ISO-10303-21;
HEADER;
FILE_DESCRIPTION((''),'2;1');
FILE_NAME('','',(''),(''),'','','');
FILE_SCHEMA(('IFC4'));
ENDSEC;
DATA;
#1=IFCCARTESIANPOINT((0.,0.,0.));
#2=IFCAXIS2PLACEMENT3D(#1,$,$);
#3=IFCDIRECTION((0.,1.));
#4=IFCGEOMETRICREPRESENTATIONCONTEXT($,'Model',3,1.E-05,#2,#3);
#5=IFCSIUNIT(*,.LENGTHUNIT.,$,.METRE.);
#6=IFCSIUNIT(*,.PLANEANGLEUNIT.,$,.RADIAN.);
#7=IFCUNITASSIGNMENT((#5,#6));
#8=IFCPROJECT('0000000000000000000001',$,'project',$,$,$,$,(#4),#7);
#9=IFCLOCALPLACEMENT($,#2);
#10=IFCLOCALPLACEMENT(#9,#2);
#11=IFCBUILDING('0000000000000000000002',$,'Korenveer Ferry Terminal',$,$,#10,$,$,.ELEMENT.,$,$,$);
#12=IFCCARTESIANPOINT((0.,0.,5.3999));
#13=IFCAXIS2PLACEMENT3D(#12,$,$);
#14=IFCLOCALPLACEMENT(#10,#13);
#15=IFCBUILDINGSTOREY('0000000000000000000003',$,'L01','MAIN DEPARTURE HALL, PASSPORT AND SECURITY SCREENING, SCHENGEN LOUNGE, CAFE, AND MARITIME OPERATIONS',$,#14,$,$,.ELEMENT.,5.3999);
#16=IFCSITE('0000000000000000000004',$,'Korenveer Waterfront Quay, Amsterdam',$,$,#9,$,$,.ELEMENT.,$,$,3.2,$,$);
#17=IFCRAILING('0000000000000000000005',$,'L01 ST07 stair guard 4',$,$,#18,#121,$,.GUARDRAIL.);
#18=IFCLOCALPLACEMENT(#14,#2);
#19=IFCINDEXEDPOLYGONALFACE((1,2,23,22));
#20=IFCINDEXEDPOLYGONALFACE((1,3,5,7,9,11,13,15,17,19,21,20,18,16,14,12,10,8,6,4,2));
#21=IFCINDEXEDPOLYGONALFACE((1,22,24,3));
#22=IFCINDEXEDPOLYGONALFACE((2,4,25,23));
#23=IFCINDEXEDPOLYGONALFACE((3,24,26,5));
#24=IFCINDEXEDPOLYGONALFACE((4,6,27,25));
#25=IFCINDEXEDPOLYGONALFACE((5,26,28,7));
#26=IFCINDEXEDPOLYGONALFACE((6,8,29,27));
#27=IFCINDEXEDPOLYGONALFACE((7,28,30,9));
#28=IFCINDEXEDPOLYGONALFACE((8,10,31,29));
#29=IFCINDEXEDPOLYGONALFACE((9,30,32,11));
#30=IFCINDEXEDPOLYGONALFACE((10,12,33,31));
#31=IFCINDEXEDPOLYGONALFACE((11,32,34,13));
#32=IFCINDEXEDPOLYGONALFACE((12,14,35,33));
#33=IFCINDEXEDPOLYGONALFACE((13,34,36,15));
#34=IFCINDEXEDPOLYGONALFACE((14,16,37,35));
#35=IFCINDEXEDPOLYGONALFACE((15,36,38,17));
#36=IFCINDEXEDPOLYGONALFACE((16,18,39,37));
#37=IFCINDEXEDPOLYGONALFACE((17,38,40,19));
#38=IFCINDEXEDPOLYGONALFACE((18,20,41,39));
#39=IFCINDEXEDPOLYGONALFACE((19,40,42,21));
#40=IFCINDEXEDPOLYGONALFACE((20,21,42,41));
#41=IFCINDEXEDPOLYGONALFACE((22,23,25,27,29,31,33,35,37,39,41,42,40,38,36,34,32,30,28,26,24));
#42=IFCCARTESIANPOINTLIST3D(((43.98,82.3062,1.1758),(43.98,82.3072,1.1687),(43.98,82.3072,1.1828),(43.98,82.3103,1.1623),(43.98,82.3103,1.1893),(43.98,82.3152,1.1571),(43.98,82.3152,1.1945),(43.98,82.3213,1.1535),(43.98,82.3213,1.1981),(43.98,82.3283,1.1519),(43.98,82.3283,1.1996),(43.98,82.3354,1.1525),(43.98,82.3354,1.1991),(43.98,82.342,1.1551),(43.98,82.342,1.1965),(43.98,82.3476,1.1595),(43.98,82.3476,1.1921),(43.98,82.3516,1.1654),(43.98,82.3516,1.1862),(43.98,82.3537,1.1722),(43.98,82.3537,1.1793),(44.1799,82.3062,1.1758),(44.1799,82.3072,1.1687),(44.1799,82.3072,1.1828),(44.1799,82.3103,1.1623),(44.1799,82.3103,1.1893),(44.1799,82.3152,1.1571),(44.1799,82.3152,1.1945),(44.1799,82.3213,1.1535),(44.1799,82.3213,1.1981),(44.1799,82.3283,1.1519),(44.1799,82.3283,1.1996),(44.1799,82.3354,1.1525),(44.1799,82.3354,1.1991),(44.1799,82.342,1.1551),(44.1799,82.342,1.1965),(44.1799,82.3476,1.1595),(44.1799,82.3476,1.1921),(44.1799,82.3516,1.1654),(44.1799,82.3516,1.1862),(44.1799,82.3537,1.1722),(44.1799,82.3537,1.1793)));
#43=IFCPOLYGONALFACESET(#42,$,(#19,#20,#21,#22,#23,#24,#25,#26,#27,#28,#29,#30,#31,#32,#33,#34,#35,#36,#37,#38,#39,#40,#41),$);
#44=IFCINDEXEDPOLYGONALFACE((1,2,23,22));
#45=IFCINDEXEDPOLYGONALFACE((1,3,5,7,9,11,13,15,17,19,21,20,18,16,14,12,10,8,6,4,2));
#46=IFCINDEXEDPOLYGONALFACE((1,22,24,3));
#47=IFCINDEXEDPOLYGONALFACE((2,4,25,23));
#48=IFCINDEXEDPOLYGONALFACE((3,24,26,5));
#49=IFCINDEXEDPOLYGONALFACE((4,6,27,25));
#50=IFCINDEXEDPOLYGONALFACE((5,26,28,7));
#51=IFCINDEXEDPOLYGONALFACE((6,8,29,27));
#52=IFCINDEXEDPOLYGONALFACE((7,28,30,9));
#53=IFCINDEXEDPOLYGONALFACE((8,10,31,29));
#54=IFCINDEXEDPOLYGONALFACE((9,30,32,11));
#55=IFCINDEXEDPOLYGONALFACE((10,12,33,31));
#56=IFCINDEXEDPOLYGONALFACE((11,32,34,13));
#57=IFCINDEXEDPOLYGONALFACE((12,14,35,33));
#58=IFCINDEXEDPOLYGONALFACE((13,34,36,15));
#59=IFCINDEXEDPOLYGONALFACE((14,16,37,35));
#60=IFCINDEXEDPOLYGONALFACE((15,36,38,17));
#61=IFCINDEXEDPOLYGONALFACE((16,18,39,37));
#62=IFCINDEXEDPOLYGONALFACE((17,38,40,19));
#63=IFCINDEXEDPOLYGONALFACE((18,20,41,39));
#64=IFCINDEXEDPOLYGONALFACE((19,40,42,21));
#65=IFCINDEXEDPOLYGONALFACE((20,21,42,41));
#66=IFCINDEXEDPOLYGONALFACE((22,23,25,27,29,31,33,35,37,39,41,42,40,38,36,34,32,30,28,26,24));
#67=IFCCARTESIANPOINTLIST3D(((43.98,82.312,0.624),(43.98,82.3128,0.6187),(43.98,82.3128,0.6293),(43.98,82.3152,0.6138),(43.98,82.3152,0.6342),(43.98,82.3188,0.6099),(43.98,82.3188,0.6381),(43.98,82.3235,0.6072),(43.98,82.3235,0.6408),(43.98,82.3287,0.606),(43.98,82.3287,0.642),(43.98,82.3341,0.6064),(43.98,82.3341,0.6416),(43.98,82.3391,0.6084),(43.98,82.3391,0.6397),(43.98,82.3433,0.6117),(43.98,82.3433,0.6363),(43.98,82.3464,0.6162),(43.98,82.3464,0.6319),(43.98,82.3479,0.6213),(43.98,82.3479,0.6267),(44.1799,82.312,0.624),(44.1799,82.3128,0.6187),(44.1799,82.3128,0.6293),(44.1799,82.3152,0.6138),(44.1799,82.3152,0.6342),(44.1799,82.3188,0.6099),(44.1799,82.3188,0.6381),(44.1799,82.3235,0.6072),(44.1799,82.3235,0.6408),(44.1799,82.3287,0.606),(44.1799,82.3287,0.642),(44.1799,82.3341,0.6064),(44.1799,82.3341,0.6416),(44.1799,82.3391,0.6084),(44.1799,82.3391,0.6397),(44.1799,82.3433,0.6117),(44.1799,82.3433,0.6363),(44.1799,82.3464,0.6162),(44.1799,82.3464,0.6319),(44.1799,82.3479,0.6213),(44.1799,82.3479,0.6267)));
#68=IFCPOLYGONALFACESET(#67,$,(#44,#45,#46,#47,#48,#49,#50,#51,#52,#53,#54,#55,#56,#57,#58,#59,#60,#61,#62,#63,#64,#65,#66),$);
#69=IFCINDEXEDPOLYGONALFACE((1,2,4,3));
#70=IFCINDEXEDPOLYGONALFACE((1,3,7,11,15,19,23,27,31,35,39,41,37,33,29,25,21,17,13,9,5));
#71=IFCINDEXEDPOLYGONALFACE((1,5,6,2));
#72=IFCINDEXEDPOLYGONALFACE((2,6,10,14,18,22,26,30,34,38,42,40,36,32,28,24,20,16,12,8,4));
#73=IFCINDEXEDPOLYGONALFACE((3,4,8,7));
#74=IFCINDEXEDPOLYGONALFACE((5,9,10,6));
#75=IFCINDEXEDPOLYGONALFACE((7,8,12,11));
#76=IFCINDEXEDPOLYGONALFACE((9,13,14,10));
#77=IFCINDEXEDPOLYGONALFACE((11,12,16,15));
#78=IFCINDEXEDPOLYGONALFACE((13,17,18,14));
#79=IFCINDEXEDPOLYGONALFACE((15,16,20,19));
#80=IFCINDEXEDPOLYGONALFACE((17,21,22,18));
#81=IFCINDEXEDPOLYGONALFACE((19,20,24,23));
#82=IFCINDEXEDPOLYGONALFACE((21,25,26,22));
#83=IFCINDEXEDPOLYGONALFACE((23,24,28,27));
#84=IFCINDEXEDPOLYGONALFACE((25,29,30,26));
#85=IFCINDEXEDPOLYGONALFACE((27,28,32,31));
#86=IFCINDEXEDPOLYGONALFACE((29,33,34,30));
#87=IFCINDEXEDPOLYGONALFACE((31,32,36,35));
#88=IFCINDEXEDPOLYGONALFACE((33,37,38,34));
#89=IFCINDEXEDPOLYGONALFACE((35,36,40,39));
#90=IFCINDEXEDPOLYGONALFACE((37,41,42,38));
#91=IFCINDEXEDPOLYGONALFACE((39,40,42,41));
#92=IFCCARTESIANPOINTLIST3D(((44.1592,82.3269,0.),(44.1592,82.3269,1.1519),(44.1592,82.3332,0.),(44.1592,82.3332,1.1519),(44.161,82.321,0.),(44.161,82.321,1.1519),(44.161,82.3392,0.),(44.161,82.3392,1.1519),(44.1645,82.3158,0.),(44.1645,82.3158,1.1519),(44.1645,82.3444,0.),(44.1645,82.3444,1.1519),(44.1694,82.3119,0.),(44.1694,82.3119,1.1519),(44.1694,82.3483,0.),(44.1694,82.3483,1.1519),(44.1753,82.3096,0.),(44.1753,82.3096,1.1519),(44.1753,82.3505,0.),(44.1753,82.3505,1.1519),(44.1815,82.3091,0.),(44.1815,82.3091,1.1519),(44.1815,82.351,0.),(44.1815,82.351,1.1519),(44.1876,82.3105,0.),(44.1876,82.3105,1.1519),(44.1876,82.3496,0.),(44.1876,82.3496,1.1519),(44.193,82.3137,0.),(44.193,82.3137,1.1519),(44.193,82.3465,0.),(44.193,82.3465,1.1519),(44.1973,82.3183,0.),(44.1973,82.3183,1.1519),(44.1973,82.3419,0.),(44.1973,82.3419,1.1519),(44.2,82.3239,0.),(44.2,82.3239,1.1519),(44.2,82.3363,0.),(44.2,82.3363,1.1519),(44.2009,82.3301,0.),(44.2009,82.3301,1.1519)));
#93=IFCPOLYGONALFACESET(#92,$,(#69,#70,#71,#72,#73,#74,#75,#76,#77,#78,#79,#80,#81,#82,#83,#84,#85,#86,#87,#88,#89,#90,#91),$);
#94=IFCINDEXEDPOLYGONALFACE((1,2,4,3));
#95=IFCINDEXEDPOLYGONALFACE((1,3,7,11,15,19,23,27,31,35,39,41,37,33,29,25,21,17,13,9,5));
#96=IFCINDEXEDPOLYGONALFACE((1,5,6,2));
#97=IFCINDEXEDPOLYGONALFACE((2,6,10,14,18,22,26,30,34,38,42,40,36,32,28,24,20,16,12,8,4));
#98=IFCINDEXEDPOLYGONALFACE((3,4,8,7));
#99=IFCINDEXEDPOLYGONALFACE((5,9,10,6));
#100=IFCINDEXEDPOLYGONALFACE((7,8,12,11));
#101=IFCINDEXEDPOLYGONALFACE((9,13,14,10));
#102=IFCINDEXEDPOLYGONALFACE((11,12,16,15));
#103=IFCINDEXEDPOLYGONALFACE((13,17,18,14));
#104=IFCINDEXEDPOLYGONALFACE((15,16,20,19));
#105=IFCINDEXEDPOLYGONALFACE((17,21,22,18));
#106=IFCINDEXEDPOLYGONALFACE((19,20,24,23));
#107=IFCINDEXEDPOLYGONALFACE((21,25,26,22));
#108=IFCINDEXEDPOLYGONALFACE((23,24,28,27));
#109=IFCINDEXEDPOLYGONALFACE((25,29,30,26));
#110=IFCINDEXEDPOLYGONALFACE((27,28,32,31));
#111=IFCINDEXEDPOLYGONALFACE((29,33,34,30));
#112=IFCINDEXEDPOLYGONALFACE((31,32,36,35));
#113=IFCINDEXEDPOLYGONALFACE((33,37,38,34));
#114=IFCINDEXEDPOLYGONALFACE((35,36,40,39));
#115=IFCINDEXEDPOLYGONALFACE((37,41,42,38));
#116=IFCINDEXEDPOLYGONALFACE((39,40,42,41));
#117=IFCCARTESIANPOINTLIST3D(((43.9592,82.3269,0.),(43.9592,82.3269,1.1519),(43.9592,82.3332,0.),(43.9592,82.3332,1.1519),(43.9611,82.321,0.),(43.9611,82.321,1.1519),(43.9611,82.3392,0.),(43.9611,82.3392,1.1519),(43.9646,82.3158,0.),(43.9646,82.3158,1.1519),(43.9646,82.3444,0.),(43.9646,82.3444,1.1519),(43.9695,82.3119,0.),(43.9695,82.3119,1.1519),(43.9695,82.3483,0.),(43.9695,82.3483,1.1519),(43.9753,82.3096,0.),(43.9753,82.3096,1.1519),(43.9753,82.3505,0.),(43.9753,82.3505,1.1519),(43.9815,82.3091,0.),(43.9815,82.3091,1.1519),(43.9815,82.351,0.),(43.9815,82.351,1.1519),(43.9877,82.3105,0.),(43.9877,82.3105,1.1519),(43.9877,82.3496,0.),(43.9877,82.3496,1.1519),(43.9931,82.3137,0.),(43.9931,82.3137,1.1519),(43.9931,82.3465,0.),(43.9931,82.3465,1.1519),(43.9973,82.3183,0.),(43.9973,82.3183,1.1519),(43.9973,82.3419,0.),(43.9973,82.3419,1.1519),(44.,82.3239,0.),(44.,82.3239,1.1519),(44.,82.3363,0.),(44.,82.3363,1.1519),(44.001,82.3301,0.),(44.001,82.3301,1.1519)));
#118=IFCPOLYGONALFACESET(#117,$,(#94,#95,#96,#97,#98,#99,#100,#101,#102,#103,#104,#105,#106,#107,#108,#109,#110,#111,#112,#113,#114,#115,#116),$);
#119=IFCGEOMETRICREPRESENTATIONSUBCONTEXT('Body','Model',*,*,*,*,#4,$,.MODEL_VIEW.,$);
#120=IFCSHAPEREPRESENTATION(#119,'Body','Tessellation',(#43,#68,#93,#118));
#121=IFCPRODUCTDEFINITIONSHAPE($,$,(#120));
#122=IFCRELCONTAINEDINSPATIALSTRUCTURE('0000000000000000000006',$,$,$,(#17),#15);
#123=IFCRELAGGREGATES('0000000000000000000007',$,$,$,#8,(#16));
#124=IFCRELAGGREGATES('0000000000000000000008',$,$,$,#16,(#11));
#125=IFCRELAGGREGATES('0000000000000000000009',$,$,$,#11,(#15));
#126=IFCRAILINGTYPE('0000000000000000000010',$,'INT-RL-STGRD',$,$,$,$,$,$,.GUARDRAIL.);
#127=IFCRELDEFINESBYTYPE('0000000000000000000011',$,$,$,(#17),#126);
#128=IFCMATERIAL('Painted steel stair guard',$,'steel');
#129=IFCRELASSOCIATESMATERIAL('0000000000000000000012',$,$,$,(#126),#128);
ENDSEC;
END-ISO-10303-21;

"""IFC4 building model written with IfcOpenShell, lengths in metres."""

from ifc_helpers import new_model, si_unit, direction, frame, origin, origin_2d, place, context, subcontext, project, spatial, circle, extrude, material, type_object, element, save


model = new_model("IFC4")

# Units and contexts
model_context = context("Model", 3, precision=1e-05, world=origin(), true_north=direction((0.0, 1.0)))
body_context = subcontext(model_context, "Body", "Model", "MODEL_VIEW")
ifc_project = project(units=[si_unit("LENGTHUNIT", "METRE"), si_unit("PLANEANGLEUNIT", "RADIAN")], contexts=[model_context])

# Site, building, storey
site_placement = place(None, origin())
site = spatial("IfcSite", under=ifc_project, at=site_placement, Name="Korenveer Waterfront Quay, Amsterdam", CompositionType="ELEMENT", RefElevation=3.2)
building_placement = place(site_placement, origin())
building = spatial("IfcBuilding", under=site, at=building_placement, Name="Korenveer Ferry Terminal", CompositionType="ELEMENT")
storey_placement = place(building_placement, frame((0.0, 0.0, 5.3999)))
storey = spatial("IfcBuildingStorey", under=building, at=storey_placement, Name="L01", Description="MAIN DEPARTURE HALL, PASSPORT AND SECURITY SCREENING, SCHENGEN LOUNGE, CAFE, AND MARITIME OPERATIONS", CompositionType="ELEMENT", Elevation=5.3999)

# Railing
ifc_material_1 = material(Name="Painted steel stair guard", Category="steel")
railing_type_1 = type_object("IfcRailingType", Name="INT-RL-STGRD", PredefinedType="GUARDRAIL", material=ifc_material_1)
railing_1_placement = place(storey_placement, frame((44.1799, 82.3301, 0.0)))
element("IfcRailing", 1, at=railing_1_placement, inside=storey, type_object=railing_type_1, Name="L01 ST07 stair guard 4", PredefinedType="GUARDRAIL", context=body_context, shape_type="SweptSolid", body=[
    extrude(circle(Radius=0.0239, at=origin_2d()), frame((0.0, 0.0, 1.1758), z_axis=(-1.0, 0.0, 0.0), x_axis=(0.0, -1.0, 0.0)), (0.0, 0.0, 1.0), 0.2),
    extrude(circle(Radius=0.0181, at=origin_2d()), frame((0.0, 0.0, 0.624), z_axis=(-1.0, 0.0, 0.0), x_axis=(0.0, -1.0, 0.0)), (0.0, 0.0, 1.0), 0.2),
    extrude(circle(Radius=0.021, at=origin_2d()), origin(), (0.0, 0.0, 1.0), 1.1519),
    extrude(circle(Radius=0.021, at=origin_2d()), frame((-0.2, 0.0, 0.0)), (0.0, 0.0, 1.0), 1.1519),
])

save(model, "model.ifc")
